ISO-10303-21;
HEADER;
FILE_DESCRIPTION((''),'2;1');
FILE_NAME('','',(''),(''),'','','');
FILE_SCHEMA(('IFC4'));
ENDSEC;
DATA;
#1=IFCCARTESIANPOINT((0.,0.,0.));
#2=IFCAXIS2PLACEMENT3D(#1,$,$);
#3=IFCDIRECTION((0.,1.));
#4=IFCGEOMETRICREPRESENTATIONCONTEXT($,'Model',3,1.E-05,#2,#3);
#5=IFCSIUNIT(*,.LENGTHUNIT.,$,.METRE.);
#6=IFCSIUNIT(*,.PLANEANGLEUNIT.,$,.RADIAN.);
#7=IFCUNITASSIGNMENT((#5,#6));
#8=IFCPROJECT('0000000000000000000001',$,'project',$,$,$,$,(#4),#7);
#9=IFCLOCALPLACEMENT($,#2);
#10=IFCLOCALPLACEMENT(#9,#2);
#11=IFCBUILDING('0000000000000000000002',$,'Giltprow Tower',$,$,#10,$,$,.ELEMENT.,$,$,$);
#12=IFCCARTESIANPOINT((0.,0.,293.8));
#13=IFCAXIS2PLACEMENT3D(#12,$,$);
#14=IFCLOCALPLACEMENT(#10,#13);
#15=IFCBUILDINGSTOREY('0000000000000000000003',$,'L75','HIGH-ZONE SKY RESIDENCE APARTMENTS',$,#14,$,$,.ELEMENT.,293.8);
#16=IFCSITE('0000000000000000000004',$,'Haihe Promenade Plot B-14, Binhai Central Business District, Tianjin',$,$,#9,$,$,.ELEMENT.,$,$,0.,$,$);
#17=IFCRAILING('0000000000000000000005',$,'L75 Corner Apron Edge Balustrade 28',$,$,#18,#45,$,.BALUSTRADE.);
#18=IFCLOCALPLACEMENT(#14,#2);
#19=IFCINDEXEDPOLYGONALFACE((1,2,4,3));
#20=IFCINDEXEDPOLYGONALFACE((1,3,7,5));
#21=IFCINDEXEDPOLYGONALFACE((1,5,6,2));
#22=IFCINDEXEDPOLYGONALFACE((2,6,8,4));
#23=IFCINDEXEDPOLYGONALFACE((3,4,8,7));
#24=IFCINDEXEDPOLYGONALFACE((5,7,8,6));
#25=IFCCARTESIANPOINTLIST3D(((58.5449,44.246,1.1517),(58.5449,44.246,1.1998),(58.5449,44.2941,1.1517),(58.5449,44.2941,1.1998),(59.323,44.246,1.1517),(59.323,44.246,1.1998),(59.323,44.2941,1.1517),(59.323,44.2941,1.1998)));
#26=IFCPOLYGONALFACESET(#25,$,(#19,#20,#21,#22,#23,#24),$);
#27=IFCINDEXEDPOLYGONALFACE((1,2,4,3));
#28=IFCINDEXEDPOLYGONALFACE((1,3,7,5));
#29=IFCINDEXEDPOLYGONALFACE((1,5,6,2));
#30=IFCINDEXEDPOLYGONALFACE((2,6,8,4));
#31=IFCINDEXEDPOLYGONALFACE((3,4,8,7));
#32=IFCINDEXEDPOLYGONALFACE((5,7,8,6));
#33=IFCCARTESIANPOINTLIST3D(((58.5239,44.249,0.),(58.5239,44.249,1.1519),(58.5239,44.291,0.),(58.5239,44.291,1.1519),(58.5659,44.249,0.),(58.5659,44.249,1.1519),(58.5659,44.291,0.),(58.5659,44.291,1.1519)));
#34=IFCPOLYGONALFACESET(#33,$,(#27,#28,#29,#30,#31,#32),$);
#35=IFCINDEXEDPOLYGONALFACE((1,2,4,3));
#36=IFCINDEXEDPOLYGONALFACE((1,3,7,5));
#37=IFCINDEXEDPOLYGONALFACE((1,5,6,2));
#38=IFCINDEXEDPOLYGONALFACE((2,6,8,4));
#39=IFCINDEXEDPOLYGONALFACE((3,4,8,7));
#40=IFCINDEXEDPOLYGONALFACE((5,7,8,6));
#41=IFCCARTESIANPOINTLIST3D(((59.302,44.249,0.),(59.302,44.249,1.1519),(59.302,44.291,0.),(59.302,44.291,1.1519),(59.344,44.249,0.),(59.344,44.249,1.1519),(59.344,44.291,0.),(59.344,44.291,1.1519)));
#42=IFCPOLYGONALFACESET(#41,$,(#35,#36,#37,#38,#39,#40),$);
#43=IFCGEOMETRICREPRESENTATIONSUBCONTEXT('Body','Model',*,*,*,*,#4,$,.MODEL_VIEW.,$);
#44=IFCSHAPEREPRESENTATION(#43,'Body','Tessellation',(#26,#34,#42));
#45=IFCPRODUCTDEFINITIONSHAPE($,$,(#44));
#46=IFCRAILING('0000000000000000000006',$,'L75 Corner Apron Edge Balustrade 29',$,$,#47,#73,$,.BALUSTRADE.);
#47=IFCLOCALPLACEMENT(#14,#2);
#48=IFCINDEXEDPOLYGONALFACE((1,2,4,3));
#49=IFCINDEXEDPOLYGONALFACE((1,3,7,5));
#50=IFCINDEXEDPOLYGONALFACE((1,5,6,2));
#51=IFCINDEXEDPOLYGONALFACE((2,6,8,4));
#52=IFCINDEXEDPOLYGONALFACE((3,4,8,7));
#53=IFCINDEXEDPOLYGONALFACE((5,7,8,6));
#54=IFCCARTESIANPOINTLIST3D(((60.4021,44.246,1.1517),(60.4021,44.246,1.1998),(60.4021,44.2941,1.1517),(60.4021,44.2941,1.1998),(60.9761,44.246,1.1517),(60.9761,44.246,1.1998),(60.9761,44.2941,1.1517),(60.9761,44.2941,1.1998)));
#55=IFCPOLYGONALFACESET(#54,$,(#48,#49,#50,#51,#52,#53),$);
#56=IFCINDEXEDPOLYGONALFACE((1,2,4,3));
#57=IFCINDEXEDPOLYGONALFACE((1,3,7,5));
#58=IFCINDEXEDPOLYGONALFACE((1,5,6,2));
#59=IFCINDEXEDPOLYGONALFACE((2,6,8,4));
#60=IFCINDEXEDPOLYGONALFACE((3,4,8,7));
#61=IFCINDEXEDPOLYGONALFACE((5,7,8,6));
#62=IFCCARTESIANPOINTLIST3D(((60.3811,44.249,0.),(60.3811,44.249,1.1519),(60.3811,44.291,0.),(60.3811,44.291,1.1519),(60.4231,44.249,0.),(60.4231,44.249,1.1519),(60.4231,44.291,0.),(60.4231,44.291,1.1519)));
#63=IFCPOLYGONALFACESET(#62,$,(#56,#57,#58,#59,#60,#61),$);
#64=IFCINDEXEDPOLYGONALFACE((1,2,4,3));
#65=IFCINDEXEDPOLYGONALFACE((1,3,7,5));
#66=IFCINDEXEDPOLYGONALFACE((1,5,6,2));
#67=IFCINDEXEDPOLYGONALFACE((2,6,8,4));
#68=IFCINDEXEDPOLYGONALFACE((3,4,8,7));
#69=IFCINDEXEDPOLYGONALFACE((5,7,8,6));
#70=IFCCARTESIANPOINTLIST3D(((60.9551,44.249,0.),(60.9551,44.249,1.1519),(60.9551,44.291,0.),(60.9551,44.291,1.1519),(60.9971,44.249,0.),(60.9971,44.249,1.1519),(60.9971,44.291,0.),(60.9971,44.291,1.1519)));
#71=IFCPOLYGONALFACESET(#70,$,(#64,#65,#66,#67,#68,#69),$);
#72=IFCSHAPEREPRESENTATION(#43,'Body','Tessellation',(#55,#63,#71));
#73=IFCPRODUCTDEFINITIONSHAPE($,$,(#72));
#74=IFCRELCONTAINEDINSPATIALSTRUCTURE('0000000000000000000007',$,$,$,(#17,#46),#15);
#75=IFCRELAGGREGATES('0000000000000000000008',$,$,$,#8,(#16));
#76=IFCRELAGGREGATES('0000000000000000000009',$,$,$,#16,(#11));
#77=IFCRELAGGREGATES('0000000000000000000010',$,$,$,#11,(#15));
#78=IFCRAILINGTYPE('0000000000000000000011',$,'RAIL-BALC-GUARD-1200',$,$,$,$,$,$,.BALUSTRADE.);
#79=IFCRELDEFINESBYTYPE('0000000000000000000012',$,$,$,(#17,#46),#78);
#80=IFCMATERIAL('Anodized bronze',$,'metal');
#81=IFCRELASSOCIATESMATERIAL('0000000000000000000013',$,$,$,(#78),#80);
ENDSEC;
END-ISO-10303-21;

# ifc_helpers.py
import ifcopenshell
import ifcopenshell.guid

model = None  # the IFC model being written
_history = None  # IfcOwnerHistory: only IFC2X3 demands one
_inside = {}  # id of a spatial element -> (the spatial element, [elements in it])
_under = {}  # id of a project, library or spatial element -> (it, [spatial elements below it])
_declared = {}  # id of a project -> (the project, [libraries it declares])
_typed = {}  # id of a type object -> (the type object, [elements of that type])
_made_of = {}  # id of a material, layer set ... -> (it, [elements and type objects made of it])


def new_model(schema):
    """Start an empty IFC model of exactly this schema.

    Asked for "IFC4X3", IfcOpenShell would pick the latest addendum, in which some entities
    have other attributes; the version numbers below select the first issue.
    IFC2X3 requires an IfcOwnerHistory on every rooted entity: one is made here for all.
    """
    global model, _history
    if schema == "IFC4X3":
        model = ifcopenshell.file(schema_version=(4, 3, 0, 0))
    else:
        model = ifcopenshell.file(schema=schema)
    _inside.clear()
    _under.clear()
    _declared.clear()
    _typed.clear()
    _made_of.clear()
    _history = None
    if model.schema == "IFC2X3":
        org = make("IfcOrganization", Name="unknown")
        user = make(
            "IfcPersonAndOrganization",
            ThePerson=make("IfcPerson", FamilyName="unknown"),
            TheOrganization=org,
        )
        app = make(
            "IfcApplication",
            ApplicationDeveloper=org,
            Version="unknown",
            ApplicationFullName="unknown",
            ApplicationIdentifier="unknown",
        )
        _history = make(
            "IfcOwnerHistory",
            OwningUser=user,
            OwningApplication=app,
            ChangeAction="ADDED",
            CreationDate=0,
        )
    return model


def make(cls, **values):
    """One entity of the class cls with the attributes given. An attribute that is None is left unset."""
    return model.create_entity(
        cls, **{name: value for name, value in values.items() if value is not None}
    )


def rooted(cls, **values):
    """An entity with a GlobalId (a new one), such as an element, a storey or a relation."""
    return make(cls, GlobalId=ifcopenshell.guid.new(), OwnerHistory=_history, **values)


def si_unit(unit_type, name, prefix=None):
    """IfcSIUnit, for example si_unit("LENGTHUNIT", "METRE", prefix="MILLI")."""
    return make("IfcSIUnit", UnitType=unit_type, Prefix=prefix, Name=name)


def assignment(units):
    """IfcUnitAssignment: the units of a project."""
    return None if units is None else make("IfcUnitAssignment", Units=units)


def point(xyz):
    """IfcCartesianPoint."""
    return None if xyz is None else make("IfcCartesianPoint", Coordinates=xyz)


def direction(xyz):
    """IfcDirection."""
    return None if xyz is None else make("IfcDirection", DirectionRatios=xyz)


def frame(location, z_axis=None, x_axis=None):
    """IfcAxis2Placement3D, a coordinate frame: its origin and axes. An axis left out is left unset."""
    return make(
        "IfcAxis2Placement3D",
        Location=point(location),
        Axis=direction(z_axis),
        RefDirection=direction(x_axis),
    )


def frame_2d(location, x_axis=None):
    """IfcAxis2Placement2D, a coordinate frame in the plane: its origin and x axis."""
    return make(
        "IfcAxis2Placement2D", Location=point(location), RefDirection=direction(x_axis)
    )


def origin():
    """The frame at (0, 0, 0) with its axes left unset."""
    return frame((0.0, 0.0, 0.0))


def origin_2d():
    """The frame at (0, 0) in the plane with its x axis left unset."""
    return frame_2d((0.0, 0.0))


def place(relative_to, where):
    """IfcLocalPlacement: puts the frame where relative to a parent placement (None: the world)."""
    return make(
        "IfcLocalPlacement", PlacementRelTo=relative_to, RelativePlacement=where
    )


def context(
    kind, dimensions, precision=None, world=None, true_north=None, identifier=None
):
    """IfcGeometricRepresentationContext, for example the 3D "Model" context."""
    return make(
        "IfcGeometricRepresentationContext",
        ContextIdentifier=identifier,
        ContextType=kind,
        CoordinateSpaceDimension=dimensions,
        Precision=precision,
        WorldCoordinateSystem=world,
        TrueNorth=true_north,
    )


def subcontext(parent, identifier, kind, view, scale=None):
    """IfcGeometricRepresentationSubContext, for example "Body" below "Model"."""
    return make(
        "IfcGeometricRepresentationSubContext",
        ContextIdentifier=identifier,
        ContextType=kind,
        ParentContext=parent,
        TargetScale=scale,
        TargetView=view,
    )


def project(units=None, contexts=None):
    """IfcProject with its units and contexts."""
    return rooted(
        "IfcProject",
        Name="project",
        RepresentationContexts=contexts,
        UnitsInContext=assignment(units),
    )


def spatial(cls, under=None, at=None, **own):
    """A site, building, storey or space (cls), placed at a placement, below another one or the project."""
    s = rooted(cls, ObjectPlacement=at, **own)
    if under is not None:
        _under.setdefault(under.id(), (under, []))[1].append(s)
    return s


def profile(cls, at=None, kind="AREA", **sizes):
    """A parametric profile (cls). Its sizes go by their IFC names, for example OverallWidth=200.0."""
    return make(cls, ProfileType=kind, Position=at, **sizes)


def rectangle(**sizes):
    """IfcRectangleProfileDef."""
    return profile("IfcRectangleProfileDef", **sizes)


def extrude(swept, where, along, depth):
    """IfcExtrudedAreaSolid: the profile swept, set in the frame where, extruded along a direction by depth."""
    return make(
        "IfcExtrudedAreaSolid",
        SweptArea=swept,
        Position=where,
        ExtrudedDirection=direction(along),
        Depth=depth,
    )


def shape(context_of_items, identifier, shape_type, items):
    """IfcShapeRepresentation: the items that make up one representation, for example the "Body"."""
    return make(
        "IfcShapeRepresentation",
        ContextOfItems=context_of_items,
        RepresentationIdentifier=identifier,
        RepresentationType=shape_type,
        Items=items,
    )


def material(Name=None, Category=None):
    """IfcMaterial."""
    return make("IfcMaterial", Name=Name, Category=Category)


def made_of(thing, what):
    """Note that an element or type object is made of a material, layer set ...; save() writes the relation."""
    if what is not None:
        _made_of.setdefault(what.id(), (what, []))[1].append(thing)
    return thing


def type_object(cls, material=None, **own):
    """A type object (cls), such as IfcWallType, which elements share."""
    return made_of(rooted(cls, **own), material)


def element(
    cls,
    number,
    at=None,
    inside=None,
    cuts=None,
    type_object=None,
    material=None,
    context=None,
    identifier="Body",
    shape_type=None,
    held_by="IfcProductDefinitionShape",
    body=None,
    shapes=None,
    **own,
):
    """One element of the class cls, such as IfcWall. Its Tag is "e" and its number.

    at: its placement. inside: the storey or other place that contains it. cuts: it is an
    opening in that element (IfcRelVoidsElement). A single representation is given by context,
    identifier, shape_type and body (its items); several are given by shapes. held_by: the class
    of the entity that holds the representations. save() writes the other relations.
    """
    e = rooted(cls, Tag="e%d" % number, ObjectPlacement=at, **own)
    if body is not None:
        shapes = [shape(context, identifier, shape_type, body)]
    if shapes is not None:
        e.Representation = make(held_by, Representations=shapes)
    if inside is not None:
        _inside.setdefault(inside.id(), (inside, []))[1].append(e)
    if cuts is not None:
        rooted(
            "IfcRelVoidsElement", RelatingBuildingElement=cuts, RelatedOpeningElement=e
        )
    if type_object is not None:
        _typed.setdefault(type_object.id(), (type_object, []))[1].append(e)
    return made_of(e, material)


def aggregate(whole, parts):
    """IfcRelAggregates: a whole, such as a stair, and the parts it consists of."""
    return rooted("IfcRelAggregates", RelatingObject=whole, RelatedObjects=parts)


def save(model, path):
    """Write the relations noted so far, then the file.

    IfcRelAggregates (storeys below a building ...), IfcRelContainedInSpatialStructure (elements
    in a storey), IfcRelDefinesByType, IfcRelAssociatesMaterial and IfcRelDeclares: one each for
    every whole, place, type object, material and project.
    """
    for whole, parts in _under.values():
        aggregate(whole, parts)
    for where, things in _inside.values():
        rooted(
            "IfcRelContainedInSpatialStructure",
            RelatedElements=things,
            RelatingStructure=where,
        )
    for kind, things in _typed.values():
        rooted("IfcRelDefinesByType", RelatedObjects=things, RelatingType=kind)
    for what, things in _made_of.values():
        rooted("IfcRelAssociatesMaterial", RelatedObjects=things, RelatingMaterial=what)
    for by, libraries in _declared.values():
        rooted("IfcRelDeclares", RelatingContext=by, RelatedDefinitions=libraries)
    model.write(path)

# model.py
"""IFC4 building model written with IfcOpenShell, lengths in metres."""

from ifc_helpers import new_model, si_unit, direction, frame, origin, origin_2d, place, context, subcontext, project, spatial, rectangle, extrude, material, type_object, element, save


model = new_model("IFC4")

# Units and contexts
model_context = context("Model", 3, precision=1e-05, world=origin(), true_north=direction((0.0, 1.0)))
body_context = subcontext(model_context, "Body", "Model", "MODEL_VIEW")
ifc_project = project(units=[si_unit("LENGTHUNIT", "METRE"), si_unit("PLANEANGLEUNIT", "RADIAN")], contexts=[model_context])

# Site, building, storey
site_placement = place(None, origin())
site = spatial("IfcSite", under=ifc_project, at=site_placement, Name="Haihe Promenade Plot B-14, Binhai Central Business District, Tianjin", CompositionType="ELEMENT", RefElevation=0.0)
building_placement = place(site_placement, origin())
building = spatial("IfcBuilding", under=site, at=building_placement, Name="Giltprow Tower", CompositionType="ELEMENT")
storey_placement = place(building_placement, frame((0.0, 0.0, 293.8)))
storey = spatial("IfcBuildingStorey", under=building, at=storey_placement, Name="L75", Description="HIGH-ZONE SKY RESIDENCE APARTMENTS", CompositionType="ELEMENT", Elevation=293.8)

# Railings
ifc_material_1 = material(Name="Anodized bronze", Category="metal")
railing_type = type_object("IfcRailingType", Name="RAIL-BALC-GUARD-1200", PredefinedType="BALUSTRADE", material=ifc_material_1)
railing_1_placement = place(storey_placement, frame((58.5449, 44.27, 0.0)))
element("IfcRailing", 1, at=railing_1_placement, inside=storey, type_object=railing_type, Name="L75 Corner Apron Edge Balustrade 28", PredefinedType="BALUSTRADE", context=body_context, shape_type="SweptSolid", body=[
    extrude(rectangle(XDim=0.0481, YDim=0.0481, at=origin_2d()), frame((0.0, 0.0, 1.1758), z_axis=(1.0, 0.0, 0.0), x_axis=(0.0, 1.0, 0.0)), (0.0, 0.0, 1.0), 0.7781),
    extrude(rectangle(XDim=0.042, YDim=0.042, at=origin_2d()), origin(), (0.0, 0.0, 1.0), 1.1519),
    extrude(rectangle(XDim=0.042, YDim=0.042, at=origin_2d()), frame((0.7781, 0.0, 0.0)), (0.0, 0.0, 1.0), 1.1519),
])
railing_2_placement = place(storey_placement, frame((60.4021, 44.27, 0.0)))
element("IfcRailing", 2, at=railing_2_placement, inside=storey, type_object=railing_type, Name="L75 Corner Apron Edge Balustrade 29", PredefinedType="BALUSTRADE", context=body_context, shape_type="SweptSolid", body=[
    extrude(rectangle(XDim=0.0481, YDim=0.0481, at=origin_2d()), frame((0.0, 0.0, 1.1758), z_axis=(1.0, 0.0, 0.0), x_axis=(0.0, 1.0, 0.0)), (0.0, 0.0, 1.0), 0.574),
    extrude(rectangle(XDim=0.042, YDim=0.042, at=origin_2d()), origin(), (0.0, 0.0, 1.0), 1.1519),
    extrude(rectangle(XDim=0.042, YDim=0.042, at=origin_2d()), frame((0.574, 0.0, 0.0)), (0.0, 0.0, 1.0), 1.1519),
])

save(model, "model.ifc")
